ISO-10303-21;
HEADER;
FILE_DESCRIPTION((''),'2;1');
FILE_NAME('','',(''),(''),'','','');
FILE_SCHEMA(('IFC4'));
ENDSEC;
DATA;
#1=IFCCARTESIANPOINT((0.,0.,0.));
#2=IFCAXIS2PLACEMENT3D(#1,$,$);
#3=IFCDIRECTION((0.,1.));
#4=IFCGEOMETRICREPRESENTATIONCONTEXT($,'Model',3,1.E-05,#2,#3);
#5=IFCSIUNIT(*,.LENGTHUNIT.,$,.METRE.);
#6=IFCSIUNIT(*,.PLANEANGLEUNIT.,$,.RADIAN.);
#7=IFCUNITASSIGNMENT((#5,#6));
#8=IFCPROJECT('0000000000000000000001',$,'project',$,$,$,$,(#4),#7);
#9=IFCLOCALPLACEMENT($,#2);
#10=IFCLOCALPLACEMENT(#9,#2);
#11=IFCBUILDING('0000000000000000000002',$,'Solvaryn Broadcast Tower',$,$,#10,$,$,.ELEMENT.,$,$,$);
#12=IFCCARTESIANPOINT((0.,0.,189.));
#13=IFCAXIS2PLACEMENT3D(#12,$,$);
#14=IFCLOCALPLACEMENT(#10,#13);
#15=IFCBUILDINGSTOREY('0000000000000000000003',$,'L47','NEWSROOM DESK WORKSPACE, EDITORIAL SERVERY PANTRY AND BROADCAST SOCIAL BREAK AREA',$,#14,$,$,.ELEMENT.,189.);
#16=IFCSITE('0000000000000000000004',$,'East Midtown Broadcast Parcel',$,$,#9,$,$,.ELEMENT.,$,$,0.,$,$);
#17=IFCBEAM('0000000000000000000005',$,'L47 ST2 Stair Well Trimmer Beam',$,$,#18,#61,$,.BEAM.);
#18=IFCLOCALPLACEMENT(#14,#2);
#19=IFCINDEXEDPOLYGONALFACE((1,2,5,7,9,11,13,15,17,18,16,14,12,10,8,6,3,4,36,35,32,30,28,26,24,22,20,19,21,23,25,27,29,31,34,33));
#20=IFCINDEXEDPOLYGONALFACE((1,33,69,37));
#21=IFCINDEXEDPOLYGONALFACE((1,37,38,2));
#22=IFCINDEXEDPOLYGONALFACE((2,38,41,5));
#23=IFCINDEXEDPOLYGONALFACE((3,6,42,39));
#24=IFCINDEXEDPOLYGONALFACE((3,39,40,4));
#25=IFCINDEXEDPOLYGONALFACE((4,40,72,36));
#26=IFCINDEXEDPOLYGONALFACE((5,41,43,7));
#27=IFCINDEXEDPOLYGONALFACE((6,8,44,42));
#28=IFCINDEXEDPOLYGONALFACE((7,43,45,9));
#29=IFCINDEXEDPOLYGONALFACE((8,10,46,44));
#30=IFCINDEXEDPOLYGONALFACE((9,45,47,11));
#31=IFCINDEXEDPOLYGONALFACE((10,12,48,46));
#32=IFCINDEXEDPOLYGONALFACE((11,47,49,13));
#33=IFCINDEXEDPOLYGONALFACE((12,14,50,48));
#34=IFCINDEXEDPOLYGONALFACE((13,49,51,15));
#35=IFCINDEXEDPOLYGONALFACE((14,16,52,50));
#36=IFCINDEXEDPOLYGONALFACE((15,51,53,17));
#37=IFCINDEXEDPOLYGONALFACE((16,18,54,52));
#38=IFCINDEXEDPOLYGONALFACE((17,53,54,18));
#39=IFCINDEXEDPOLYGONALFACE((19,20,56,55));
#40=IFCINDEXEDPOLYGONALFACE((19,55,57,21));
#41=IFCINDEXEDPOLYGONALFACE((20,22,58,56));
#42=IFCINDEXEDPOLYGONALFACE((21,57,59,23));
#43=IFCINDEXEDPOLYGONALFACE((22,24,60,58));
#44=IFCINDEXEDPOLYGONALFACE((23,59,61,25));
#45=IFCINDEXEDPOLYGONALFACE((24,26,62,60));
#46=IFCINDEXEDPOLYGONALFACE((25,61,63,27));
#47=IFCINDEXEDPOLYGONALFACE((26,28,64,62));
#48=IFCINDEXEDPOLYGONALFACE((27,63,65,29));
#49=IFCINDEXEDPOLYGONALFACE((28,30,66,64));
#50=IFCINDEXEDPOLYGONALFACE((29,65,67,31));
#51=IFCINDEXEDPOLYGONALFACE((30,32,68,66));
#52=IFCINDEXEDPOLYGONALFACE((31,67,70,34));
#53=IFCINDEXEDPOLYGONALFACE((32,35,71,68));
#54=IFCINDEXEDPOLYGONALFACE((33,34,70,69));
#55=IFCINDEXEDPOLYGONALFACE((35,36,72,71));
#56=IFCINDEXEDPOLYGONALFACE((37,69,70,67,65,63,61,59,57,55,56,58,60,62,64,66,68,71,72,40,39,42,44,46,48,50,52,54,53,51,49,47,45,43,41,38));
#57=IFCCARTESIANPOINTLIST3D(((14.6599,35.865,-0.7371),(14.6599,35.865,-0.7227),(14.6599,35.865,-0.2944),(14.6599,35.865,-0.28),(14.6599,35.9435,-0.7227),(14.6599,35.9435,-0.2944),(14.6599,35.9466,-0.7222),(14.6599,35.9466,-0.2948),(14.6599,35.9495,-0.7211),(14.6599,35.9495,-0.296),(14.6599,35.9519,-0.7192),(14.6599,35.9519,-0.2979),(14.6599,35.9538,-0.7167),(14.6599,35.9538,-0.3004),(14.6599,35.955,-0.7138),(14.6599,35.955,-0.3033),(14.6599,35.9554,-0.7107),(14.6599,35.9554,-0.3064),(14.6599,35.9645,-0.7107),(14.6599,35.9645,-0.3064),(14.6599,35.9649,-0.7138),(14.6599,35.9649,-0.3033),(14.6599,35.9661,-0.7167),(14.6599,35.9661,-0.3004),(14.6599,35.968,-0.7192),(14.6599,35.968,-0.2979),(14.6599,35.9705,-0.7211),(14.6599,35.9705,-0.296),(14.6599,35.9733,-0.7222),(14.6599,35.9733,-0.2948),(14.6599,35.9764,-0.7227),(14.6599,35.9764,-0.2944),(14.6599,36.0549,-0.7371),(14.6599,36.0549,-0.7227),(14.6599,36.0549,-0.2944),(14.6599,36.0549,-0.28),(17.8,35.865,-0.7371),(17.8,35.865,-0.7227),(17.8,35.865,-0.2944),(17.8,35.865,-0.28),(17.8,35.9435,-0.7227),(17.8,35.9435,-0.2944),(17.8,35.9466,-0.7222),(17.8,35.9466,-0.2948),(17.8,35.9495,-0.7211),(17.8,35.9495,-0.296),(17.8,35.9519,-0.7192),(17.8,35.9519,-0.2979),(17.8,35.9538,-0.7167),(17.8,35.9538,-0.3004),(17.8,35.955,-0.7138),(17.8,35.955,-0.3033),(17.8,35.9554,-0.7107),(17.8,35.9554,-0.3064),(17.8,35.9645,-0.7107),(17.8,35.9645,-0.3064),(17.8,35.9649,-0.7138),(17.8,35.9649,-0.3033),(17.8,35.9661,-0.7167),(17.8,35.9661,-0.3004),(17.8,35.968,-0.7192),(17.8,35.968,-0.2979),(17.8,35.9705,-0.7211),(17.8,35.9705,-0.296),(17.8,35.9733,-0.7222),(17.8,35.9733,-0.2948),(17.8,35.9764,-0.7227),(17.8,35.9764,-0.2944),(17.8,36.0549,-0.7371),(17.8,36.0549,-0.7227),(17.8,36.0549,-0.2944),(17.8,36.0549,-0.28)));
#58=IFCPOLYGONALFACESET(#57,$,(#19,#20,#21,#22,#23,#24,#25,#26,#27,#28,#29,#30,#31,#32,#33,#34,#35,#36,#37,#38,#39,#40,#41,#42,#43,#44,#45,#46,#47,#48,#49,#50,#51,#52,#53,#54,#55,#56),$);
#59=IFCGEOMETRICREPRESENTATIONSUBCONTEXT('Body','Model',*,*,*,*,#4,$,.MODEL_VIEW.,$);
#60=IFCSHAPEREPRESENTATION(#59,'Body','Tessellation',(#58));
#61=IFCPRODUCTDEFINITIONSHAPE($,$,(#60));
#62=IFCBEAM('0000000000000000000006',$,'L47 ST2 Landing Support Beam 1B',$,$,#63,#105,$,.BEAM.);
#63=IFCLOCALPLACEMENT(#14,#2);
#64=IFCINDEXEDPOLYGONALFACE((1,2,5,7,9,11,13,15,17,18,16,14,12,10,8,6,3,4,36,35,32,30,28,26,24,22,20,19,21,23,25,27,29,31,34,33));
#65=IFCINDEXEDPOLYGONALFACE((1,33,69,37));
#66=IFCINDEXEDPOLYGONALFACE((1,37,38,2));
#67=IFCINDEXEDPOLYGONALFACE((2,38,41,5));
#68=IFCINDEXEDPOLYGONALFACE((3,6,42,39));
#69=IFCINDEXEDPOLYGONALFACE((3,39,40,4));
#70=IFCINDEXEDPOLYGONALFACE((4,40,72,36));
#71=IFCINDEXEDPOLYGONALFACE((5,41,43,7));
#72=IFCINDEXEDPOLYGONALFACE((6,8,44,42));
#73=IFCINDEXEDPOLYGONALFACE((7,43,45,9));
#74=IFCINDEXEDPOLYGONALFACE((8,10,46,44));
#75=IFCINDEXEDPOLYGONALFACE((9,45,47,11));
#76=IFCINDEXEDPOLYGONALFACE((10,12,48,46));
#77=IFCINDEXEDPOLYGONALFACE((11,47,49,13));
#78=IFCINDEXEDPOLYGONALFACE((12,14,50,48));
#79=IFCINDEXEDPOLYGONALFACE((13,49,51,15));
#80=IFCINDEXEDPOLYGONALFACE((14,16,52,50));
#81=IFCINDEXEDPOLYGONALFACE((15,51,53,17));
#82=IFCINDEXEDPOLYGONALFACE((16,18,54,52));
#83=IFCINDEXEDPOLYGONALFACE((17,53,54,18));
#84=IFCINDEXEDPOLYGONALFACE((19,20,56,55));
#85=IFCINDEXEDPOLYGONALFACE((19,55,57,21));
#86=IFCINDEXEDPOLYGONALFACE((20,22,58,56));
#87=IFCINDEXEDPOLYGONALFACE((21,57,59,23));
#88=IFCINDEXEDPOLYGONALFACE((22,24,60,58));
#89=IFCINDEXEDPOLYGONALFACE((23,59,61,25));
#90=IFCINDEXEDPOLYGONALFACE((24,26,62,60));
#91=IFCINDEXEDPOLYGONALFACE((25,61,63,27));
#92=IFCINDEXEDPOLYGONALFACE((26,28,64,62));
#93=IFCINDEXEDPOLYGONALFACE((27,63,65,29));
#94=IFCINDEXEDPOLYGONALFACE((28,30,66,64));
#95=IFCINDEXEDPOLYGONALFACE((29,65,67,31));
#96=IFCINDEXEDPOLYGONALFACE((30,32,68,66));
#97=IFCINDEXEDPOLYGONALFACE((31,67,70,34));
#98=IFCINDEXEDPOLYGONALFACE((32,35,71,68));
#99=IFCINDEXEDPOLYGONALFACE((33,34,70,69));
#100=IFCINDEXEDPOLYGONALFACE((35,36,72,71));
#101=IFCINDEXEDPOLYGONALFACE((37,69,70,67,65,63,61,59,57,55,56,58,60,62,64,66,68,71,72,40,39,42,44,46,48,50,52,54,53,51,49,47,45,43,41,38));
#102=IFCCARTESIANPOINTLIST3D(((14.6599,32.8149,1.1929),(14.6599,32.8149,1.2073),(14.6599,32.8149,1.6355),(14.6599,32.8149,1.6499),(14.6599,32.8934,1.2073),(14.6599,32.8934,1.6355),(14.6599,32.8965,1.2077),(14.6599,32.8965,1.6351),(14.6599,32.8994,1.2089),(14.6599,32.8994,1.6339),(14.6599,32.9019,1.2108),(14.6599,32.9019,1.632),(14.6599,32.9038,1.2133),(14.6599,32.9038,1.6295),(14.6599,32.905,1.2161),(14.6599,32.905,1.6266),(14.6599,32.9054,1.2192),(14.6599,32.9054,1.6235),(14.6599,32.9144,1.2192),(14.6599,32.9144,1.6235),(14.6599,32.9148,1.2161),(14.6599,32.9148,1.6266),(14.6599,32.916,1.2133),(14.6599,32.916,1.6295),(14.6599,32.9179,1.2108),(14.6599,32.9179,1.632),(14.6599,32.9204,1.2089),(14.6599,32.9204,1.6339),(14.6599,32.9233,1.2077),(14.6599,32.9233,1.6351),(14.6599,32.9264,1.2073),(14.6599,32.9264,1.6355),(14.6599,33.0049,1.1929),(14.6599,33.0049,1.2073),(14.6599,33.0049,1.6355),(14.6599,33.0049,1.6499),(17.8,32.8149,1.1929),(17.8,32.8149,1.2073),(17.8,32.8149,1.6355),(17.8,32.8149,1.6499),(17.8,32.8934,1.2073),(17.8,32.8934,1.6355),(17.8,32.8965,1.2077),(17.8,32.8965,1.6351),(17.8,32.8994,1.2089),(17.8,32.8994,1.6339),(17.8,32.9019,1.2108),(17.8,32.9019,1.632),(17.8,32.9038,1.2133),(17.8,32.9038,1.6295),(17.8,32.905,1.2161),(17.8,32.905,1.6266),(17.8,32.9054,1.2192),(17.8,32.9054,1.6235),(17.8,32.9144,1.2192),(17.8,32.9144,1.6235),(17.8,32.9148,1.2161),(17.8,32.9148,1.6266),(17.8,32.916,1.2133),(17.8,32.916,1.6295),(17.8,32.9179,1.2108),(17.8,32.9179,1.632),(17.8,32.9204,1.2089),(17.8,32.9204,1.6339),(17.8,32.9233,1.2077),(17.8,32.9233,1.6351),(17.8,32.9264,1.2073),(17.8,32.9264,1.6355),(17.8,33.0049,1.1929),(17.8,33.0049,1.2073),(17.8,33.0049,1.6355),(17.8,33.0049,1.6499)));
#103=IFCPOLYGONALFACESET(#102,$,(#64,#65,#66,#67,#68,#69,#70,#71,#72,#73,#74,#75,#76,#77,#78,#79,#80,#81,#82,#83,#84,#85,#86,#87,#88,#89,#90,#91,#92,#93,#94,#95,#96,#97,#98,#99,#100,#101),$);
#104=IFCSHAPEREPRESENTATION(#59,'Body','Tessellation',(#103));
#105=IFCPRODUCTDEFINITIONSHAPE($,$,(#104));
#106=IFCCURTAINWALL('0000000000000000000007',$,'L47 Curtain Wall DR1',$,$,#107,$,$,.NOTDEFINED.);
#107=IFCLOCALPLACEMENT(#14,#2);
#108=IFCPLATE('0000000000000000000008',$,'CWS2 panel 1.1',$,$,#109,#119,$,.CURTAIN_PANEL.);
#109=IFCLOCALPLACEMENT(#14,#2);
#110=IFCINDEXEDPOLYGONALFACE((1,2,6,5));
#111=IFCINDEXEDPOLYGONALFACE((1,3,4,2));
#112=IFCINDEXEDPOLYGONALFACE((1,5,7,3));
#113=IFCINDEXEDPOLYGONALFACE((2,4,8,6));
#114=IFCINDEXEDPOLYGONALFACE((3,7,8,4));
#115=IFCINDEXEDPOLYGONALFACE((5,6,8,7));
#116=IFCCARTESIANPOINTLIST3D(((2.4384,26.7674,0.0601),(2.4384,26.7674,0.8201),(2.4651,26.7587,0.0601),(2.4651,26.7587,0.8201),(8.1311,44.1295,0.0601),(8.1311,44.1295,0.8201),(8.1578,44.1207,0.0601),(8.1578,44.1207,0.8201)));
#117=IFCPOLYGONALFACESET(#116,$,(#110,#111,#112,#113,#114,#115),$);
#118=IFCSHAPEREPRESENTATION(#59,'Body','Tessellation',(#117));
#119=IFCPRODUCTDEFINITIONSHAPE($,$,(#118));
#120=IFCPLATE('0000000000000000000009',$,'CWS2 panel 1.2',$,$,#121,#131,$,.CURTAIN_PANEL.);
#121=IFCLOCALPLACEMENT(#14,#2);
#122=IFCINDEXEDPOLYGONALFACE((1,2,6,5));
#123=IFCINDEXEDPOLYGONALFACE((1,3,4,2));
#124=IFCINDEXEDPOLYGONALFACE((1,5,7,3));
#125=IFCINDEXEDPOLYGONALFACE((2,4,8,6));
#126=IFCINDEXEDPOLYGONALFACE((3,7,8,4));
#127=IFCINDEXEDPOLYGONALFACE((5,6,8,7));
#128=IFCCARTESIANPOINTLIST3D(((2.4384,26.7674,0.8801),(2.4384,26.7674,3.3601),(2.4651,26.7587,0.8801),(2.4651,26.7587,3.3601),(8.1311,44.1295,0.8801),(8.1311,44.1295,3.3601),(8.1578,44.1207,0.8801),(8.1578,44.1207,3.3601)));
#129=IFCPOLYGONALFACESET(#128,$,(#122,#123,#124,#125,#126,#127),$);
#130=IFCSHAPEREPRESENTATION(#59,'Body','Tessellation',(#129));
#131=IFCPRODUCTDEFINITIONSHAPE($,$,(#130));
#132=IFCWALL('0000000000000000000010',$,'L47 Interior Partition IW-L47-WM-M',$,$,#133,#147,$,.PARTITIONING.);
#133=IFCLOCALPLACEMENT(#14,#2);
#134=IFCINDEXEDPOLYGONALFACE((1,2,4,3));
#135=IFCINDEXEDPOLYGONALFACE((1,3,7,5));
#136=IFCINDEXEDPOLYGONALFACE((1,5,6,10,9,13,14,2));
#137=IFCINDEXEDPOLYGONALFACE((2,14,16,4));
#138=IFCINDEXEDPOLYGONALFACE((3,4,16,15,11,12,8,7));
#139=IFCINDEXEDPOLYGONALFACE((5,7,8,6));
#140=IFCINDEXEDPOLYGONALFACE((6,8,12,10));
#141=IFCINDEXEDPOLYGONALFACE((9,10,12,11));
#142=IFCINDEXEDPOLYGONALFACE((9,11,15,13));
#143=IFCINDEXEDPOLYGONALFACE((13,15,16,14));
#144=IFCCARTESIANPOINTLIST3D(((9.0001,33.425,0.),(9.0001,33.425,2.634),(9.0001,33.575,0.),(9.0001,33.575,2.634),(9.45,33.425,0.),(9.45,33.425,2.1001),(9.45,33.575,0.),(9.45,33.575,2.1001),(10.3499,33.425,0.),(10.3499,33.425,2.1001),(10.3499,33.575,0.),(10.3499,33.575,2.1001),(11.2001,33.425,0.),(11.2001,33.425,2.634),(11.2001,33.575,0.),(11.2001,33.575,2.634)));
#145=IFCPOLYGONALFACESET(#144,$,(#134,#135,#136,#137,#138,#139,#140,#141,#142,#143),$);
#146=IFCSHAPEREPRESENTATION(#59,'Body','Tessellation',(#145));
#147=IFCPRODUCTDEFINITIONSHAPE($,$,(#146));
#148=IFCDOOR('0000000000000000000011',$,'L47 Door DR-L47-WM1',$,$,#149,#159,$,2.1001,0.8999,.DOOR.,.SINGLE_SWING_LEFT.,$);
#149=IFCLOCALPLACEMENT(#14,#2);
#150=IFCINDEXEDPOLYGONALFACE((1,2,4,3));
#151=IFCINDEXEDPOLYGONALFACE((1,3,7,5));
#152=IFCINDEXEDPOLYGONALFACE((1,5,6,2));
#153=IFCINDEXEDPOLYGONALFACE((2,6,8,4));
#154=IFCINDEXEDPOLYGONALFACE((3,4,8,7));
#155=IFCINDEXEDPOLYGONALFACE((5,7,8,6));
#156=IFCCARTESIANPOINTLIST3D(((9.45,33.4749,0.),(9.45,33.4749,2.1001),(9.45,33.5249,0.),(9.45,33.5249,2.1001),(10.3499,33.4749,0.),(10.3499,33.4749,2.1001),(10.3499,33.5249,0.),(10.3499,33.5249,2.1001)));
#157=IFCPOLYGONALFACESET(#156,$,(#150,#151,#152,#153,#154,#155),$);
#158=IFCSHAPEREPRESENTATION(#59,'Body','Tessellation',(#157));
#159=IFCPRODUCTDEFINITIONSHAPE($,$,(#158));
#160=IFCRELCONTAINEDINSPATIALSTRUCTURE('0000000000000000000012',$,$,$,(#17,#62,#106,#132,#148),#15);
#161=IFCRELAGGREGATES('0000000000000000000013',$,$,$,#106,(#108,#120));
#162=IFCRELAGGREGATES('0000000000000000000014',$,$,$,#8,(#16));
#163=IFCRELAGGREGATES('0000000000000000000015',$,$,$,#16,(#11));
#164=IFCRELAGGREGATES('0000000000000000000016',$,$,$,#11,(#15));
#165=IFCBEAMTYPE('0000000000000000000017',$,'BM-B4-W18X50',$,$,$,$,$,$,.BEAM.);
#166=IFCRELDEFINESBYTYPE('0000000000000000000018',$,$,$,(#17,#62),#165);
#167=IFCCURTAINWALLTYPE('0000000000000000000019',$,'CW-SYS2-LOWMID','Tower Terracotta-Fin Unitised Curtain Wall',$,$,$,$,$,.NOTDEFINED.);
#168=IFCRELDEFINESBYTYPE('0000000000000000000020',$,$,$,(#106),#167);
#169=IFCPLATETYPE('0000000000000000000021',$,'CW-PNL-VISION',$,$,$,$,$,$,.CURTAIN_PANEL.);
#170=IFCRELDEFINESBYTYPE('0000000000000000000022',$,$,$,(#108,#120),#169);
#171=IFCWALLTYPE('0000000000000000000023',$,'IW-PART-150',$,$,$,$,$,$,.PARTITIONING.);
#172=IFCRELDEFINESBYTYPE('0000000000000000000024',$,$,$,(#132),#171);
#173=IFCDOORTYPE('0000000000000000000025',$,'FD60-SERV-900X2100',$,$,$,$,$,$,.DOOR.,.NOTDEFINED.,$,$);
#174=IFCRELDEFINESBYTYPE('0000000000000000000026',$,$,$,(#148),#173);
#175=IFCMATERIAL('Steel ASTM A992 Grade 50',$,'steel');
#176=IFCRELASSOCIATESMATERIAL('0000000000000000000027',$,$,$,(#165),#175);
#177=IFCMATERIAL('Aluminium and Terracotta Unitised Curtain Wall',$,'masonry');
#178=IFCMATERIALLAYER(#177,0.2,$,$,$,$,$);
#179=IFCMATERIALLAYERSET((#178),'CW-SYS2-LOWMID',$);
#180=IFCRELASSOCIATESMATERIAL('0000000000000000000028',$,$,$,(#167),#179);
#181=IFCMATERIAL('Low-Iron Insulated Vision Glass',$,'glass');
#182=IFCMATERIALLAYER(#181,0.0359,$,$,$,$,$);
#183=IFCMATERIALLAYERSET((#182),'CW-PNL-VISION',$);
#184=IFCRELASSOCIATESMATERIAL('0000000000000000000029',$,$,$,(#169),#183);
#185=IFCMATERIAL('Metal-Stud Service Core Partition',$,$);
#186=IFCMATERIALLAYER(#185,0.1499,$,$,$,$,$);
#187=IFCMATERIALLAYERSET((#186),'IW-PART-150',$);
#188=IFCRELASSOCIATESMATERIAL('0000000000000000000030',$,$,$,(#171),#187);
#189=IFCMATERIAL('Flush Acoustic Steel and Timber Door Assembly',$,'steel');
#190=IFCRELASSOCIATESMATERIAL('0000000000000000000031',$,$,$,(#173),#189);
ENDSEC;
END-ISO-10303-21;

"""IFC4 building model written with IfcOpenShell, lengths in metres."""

from ifc_helpers import new_model, si_unit, direction, frame, frame_2d, origin, origin_2d, place, context, subcontext, project, spatial, rectangle, i_section, extrude, material, layer, layer_set, material_profile, profile_set, type_object, element, fill, aggregate, save


model = new_model("IFC4")

# Units and contexts
model_context = context("Model", 3, precision=1e-05, world=origin(), true_north=direction((0.0, 1.0)))
body_context = subcontext(model_context, "Body", "Model", "MODEL_VIEW")
ifc_project = project(units=[si_unit("LENGTHUNIT", "METRE"), si_unit("PLANEANGLEUNIT", "RADIAN")], contexts=[model_context])

# Site, building, storey
site_placement = place(None, origin())
site = spatial("IfcSite", under=ifc_project, at=site_placement, Name="East Midtown Broadcast Parcel", CompositionType="ELEMENT", RefElevation=0.0)
building_placement = place(site_placement, origin())
building = spatial("IfcBuilding", under=site, at=building_placement, Name="Solvaryn Broadcast Tower", CompositionType="ELEMENT")
storey_placement = place(building_placement, frame((0.0, 0.0, 189.0)))
storey = spatial("IfcBuildingStorey", under=building, at=storey_placement, Name="L47", Description="NEWSROOM DESK WORKSPACE, EDITORIAL SERVERY PANTRY AND BROADCAST SOCIAL BREAK AREA", CompositionType="ELEMENT", Elevation=189.0)

# Beams
ifc_material_1 = material(Name="Steel ASTM A992 Grade 50", Category="steel")
ifc_material_profile_1 = material_profile(ifc_material_1, i_section(OverallWidth=0.1899, OverallDepth=0.457, WebThickness=0.009, FlangeThickness=0.0144, FilletRadius=0.012, at=origin_2d()))
ifc_profile_set_1 = profile_set([ifc_material_profile_1], Name="Steel ASTM A992 Grade 50")
beam_type_1 = type_object("IfcBeamType", Name="BM-B4-W18X50", PredefinedType="BEAM", material=ifc_profile_set_1)
for number, where, z_axis, x_axis, name in (
    (1, (14.6599, 35.96, -0.5085), (1.0, 0.0, 0.0), (0.0, 1.0, 0.0), "L47 ST2 Stair Well Trimmer Beam"),
    (2, (14.6599, 32.9099, 1.4214), (1.0, 0.0, 0.0), (0.0, 1.0, 0.0), "L47 ST2 Landing Support Beam 1B"),
):
    element("IfcBeam", number, at=place(storey_placement, frame(where, z_axis=z_axis, x_axis=x_axis)), inside=storey, type_object=beam_type_1, Name=name, PredefinedType="BEAM", context=body_context, shape_type="SweptSolid", body=[
        extrude(i_section(OverallWidth=0.1899, OverallDepth=0.457, WebThickness=0.009, FlangeThickness=0.0144, FilletRadius=0.012, at=origin_2d()), origin(), (0.0, 0.0, 1.0), 3.1401),
    ])

# Curtain wall, plates
ifc_material_2 = material(Name="Aluminium and Terracotta Unitised Curtain Wall", Category="masonry")
ifc_layer_1 = layer(ifc_material_2, 0.2)
ifc_layer_set_1 = layer_set([ifc_layer_1], Name="CW-SYS2-LOWMID")
curtain_wall_type = type_object("IfcCurtainWallType", Name="CW-SYS2-LOWMID", Description="Tower Terracotta-Fin Unitised Curtain Wall", PredefinedType="NOTDEFINED", material=ifc_layer_set_1)
curtain_wall_placement = place(storey_placement, origin())
curtain_wall = element("IfcCurtainWall", 3, at=curtain_wall_placement, inside=storey, type_object=curtain_wall_type, Name="L47 Curtain Wall DR1", PredefinedType="NOTDEFINED")
ifc_material_3 = material(Name="Low-Iron Insulated Vision Glass", Category="glass")
ifc_layer_2 = layer(ifc_material_3, 0.0359)
ifc_layer_set_2 = layer_set([ifc_layer_2], Name="CW-PNL-VISION")
plate_type = type_object("IfcPlateType", Name="CW-PNL-VISION", PredefinedType="CURTAIN_PANEL", material=ifc_layer_set_2)
plate_1_placement = place(storey_placement, frame((5.2981, 35.4441, 0.0601), z_axis=(0.0, 0.0, 1.0), x_axis=(-0.311559, -0.950227, 0.0)))
plate_1 = element("IfcPlate", 4, at=plate_1_placement, type_object=plate_type, Name="CWS2 panel 1.1", PredefinedType="CURTAIN_PANEL", context=body_context, shape_type="SweptSolid", body=[
    extrude(rectangle(XDim=18.2715, YDim=0.0281, at=origin_2d()), origin(), (0.0, 0.0, 1.0), 0.76),
])
plate_2_placement = place(storey_placement, frame((5.2981, 35.4441, 0.8801), z_axis=(0.0, 0.0, 1.0), x_axis=(-0.311559, -0.950227, 0.0)))
plate_2 = element("IfcPlate", 5, at=plate_2_placement, type_object=plate_type, Name="CWS2 panel 1.2", PredefinedType="CURTAIN_PANEL", context=body_context, shape_type="SweptSolid", body=[
    extrude(rectangle(XDim=18.2715, YDim=0.0281, at=origin_2d()), origin(), (0.0, 0.0, 1.0), 2.48),
])
aggregate(curtain_wall, [plate_1, plate_2])

# Wall, opening, door
ifc_material_4 = material(Name="Metal-Stud Service Core Partition")
ifc_layer_3 = layer(ifc_material_4, 0.1499)
ifc_layer_set_3 = layer_set([ifc_layer_3], Name="IW-PART-150")
wall_type = type_object("IfcWallType", Name="IW-PART-150", PredefinedType="PARTITIONING", material=ifc_layer_set_3)
wall_placement = place(storey_placement, frame((9.0, 33.5, 0.0), z_axis=(0.0, 0.0, 1.0), x_axis=(1.0, 0.0, 0.0)))
wall = element("IfcWall", 6, at=wall_placement, inside=storey, type_object=wall_type, Name="L47 Interior Partition IW-L47-WM-M", PredefinedType="PARTITIONING", context=body_context, shape_type="SweptSolid", body=[
    extrude(rectangle(XDim=2.2, YDim=0.1499, at=frame_2d((1.1001, 0.0))), origin(), (0.0, 0.0, 1.0), 2.634),
])
opening_placement = place(wall_placement, frame((0.45, 0.0, 0.0)))
opening = element("IfcOpeningElement", 7, at=opening_placement, cuts=wall, PredefinedType="OPENING", context=body_context, shape_type="SweptSolid", body=[
    extrude(rectangle(XDim=0.8999, YDim=2.1001, at=frame_2d((0.45, 1.05))), frame((0.0, 0.085, 0.0), z_axis=(0.0, -1.0, 0.0), x_axis=(1.0, 0.0, 0.0)), (0.0, 0.0, 1.0), 0.1699),
])
ifc_material_5 = material(Name="Flush Acoustic Steel and Timber Door Assembly", Category="steel")
door_type = type_object("IfcDoorType", Name="FD60-SERV-900X2100", OperationType="NOTDEFINED", PredefinedType="DOOR", material=ifc_material_5)
door_placement = place(opening_placement, origin())
door = element("IfcDoor", 8, at=door_placement, inside=storey, type_object=door_type, Name="L47 Door DR-L47-WM1", OperationType="SINGLE_SWING_LEFT", OverallHeight=2.1001, OverallWidth=0.8999, PredefinedType="DOOR", context=body_context, shape_type="SweptSolid", body=[
    extrude(rectangle(XDim=0.8999, YDim=2.1001, at=frame_2d((0.45, 1.05))), frame((0.0, 0.0249, 0.0), z_axis=(0.0, -1.0, 0.0), x_axis=(1.0, 0.0, 0.0)), (0.0, 0.0, 1.0), 0.05),
])
fill(opening, door)

save(model, "model.ifc")
